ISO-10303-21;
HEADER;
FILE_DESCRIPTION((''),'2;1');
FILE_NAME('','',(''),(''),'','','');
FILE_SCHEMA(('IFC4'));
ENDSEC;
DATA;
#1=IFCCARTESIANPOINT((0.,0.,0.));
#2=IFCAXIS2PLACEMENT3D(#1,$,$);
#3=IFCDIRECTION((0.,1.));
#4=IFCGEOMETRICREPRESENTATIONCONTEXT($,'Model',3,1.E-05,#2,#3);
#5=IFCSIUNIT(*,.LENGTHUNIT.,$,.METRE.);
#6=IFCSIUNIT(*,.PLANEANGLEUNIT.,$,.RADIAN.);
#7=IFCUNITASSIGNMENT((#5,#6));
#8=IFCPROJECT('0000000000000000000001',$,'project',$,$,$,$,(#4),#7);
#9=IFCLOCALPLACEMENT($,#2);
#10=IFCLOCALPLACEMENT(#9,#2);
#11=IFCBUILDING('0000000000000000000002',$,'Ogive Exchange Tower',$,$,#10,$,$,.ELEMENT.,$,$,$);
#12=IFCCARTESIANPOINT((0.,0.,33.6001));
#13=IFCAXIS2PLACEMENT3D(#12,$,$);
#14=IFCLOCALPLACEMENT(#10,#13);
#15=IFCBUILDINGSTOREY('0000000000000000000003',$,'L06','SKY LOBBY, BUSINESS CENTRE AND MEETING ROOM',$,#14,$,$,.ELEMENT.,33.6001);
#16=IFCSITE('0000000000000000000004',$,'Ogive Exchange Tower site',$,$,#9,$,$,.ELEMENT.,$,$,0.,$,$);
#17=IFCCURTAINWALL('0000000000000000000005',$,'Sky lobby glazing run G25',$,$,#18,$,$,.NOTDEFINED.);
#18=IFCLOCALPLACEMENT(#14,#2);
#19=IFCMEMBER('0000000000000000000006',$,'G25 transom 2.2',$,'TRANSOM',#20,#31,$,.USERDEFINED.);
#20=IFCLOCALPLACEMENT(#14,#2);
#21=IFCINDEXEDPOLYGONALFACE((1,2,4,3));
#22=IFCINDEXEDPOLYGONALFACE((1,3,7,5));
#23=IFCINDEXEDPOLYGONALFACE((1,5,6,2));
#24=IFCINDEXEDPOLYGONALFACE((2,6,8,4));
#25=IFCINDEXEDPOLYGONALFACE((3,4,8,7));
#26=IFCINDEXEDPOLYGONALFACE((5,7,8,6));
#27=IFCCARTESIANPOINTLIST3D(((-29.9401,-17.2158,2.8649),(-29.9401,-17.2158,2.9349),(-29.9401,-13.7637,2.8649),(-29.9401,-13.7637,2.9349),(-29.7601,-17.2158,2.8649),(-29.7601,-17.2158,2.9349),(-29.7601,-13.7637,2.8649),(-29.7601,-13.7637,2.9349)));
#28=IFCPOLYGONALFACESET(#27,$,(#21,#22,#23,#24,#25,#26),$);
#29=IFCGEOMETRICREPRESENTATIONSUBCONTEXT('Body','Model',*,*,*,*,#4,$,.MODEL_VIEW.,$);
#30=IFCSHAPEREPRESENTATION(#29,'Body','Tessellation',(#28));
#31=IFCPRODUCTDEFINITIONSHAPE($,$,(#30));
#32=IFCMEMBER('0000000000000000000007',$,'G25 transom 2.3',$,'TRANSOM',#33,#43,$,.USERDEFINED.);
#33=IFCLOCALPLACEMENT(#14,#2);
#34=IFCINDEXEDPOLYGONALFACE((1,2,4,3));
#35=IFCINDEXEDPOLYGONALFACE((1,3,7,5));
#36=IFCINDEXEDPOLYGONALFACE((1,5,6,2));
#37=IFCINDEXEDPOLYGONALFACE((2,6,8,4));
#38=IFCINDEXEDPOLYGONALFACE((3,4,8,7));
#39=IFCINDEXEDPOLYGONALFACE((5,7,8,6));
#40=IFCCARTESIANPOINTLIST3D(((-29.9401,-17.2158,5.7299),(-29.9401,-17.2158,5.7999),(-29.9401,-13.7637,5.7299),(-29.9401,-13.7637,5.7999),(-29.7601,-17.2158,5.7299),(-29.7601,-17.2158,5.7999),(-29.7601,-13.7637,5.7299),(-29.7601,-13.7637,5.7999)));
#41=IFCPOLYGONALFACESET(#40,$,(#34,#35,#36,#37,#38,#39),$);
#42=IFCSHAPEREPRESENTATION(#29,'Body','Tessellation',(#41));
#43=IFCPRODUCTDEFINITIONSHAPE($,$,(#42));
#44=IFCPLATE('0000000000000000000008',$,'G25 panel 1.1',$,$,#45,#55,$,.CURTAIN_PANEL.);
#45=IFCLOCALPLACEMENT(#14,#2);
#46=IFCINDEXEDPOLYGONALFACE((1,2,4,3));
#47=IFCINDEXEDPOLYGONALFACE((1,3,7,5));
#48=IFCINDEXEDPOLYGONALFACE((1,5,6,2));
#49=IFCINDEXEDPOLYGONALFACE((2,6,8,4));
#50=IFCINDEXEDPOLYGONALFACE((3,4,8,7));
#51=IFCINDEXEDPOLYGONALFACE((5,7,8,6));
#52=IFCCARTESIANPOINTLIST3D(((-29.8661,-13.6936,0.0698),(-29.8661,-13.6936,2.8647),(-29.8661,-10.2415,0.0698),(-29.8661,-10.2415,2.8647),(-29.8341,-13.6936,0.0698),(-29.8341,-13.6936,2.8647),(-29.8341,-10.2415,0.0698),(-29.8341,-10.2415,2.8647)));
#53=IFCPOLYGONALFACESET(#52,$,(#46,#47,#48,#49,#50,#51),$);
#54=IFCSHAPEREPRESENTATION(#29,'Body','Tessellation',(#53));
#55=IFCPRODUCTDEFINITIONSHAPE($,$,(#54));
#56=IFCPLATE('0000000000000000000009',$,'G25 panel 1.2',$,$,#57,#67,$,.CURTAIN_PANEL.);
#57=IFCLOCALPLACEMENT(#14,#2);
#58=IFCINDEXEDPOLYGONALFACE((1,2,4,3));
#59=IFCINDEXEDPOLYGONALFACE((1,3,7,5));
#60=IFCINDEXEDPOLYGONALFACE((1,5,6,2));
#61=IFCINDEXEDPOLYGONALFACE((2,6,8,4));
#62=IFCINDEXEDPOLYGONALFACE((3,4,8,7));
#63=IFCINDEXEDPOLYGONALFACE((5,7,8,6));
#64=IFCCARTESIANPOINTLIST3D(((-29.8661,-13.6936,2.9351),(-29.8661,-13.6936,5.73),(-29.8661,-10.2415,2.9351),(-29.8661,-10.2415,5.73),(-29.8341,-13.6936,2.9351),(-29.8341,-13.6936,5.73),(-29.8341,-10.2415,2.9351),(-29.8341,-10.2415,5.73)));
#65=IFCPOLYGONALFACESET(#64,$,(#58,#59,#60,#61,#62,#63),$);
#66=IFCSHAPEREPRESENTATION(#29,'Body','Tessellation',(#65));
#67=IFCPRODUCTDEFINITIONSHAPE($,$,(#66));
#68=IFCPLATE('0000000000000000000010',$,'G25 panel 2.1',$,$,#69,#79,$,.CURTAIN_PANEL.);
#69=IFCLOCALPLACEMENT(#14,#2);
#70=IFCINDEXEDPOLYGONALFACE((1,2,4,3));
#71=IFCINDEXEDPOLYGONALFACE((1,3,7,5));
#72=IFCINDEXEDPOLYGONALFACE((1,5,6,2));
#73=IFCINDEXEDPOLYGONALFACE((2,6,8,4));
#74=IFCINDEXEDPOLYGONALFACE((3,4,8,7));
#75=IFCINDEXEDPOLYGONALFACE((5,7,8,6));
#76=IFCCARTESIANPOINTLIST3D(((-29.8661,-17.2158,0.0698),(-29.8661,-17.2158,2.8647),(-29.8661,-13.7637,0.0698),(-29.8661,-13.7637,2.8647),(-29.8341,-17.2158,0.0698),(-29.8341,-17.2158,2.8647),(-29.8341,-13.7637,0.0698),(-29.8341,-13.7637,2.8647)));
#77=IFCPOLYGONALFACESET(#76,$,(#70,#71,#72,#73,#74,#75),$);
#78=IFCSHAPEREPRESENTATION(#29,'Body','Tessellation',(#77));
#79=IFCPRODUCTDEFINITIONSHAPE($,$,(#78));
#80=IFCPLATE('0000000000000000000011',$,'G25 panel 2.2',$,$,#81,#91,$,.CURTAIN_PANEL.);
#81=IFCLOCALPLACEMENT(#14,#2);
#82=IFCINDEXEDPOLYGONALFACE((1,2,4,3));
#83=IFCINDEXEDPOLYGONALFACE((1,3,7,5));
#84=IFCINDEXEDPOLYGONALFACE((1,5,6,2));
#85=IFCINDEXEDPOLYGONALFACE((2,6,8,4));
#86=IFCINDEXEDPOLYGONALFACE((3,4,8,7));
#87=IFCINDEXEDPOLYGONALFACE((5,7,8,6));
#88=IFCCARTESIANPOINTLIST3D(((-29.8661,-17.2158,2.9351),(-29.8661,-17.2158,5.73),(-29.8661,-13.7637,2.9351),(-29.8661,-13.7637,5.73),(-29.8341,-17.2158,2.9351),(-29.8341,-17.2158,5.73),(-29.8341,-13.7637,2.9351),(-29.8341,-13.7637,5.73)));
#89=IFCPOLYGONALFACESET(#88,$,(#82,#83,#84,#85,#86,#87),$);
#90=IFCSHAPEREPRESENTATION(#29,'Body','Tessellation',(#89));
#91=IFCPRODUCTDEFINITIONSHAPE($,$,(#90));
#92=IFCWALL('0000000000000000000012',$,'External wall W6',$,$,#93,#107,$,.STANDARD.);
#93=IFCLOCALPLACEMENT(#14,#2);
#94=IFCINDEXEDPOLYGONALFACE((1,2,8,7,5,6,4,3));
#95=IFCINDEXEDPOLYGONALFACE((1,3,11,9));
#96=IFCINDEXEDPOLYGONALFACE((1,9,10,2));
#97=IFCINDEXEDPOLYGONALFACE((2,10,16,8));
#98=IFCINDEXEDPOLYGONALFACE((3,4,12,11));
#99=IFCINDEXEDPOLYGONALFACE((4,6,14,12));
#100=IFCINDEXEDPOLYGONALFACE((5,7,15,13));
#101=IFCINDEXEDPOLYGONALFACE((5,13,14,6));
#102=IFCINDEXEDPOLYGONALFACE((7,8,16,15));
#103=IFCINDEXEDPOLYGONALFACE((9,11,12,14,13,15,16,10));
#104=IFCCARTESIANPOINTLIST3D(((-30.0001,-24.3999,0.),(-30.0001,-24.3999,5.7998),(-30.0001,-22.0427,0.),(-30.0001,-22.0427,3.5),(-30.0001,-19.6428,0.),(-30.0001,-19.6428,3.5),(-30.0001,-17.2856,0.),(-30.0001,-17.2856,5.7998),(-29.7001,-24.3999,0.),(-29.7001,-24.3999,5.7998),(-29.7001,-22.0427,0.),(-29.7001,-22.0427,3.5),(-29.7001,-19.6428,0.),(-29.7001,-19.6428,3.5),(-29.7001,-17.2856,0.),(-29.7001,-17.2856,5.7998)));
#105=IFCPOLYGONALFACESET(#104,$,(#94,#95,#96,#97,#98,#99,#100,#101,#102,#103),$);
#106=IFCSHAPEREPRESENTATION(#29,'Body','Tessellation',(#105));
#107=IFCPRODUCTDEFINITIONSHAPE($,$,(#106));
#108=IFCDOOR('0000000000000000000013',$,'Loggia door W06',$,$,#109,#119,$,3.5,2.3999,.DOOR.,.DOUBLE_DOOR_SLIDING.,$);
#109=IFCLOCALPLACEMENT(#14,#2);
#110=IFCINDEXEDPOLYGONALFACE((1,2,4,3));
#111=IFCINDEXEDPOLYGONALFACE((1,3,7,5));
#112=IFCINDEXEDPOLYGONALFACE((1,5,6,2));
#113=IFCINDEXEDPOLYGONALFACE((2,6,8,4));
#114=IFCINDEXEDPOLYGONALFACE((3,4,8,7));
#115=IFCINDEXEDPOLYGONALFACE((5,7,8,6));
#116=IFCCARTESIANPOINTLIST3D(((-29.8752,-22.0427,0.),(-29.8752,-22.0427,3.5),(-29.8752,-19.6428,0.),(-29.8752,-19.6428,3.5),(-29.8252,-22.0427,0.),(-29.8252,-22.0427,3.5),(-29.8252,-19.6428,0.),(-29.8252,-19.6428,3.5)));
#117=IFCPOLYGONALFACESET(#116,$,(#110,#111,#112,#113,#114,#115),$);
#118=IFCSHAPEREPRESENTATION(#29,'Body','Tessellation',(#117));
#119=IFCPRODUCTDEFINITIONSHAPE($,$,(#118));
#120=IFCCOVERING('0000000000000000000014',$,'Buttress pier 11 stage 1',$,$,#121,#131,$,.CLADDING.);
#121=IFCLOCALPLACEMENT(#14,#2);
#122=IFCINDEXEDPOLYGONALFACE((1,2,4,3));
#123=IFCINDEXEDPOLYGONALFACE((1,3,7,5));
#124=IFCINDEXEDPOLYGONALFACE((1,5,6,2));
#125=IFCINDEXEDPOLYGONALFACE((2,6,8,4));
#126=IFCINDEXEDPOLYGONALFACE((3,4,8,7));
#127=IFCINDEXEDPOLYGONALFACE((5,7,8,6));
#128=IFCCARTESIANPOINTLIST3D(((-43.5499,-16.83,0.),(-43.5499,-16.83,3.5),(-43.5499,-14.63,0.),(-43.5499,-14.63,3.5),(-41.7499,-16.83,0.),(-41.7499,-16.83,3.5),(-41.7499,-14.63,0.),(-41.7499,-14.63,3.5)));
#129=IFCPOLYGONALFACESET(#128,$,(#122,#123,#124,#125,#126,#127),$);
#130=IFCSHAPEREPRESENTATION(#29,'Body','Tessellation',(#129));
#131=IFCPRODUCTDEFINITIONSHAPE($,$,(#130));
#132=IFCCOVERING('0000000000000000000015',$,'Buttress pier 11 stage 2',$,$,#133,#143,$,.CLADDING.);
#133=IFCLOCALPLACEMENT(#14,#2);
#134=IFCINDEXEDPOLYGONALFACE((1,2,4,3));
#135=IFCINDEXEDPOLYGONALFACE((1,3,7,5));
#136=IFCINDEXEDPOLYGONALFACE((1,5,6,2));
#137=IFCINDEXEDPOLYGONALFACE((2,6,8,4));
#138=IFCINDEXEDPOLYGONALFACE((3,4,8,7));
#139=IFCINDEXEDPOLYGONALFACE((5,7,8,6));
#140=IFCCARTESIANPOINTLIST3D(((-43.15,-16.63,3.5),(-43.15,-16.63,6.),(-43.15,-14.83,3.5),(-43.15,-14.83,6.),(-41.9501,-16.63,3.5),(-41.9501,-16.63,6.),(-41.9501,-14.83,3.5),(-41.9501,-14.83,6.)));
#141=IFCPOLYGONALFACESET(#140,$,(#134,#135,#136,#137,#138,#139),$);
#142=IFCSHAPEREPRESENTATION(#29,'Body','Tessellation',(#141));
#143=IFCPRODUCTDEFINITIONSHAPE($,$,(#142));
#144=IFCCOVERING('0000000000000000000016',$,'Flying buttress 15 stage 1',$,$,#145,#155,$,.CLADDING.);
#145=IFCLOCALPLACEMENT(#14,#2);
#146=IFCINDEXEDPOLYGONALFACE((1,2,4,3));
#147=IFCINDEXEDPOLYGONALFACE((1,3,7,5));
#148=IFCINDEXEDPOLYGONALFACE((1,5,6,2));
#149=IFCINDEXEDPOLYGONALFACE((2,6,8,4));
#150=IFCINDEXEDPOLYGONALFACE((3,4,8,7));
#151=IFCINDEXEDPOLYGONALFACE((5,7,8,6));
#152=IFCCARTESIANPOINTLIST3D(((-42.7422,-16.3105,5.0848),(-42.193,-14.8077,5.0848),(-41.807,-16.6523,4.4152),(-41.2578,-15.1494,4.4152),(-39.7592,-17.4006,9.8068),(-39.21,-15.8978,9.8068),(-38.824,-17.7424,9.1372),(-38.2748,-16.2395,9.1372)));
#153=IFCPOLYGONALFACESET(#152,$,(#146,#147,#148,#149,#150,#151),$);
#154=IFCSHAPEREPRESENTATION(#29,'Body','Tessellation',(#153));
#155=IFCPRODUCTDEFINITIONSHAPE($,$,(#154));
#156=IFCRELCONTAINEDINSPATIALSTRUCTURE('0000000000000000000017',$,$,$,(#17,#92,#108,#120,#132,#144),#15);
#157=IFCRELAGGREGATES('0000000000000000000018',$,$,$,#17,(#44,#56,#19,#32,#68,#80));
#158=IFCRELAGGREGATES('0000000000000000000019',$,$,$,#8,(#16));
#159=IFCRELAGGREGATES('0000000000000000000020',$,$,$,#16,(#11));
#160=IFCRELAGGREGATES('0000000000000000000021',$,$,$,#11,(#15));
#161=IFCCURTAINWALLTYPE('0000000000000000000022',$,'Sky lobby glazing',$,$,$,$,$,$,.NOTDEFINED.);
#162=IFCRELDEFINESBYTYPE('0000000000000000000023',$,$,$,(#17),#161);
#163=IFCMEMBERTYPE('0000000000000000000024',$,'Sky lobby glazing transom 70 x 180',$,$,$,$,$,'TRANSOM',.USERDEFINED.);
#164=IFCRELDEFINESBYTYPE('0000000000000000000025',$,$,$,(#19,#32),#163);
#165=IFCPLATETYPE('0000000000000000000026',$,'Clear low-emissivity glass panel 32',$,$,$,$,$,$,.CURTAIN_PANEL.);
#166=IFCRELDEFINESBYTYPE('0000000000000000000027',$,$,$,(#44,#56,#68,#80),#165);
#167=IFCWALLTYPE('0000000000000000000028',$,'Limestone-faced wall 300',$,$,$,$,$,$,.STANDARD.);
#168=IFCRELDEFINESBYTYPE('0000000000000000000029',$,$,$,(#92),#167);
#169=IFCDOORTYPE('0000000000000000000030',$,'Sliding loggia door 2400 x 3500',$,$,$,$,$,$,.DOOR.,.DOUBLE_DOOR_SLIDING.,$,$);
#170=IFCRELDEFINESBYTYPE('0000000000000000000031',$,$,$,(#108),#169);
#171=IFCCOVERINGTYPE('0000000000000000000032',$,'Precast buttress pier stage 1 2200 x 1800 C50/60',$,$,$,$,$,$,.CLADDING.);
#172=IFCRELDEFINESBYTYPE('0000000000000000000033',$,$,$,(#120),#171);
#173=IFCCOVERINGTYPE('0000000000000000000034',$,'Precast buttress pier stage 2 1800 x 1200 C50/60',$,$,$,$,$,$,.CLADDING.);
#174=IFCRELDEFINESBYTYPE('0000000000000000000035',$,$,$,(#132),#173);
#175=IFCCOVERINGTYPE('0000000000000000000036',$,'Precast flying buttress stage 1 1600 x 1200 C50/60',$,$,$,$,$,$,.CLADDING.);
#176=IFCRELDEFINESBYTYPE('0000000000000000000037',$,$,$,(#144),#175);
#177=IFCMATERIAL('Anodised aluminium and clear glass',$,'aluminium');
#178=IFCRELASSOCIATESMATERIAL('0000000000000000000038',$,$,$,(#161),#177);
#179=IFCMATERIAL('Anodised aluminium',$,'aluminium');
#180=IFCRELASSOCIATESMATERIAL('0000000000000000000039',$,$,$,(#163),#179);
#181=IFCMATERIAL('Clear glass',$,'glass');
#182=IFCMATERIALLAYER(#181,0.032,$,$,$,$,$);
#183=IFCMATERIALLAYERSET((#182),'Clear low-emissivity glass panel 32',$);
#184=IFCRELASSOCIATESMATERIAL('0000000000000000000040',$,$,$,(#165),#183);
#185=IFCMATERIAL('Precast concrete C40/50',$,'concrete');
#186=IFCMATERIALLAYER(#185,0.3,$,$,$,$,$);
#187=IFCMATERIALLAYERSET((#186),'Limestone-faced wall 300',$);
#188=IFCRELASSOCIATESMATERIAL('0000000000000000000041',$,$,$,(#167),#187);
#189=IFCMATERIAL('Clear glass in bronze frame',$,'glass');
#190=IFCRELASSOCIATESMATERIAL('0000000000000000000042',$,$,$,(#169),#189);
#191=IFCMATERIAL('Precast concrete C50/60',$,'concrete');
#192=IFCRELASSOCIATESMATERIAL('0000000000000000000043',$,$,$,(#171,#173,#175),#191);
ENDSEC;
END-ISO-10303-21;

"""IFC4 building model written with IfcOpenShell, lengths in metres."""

from ifc_helpers import new_model, si_unit, direction, frame, frame_2d, origin, origin_2d, place, context, subcontext, project, spatial, rectangle, extrude, material, layer, layer_set, material_profile, profile_set, type_object, element, fill, aggregate, save


model = new_model("IFC4")

# Units and contexts
model_context = context("Model", 3, precision=1e-05, world=origin(), true_north=direction((0.0, 1.0)))
body_context = subcontext(model_context, "Body", "Model", "MODEL_VIEW")
ifc_project = project(units=[si_unit("LENGTHUNIT", "METRE"), si_unit("PLANEANGLEUNIT", "RADIAN")], contexts=[model_context])

# Site, building, storey
site_placement = place(None, origin())
site = spatial("IfcSite", under=ifc_project, at=site_placement, Name="Ogive Exchange Tower site", CompositionType="ELEMENT", RefElevation=0.0)
building_placement = place(site_placement, origin())
building = spatial("IfcBuilding", under=site, at=building_placement, Name="Ogive Exchange Tower", CompositionType="ELEMENT")
storey_placement = place(building_placement, frame((0.0, 0.0, 33.6001)))
storey = spatial("IfcBuildingStorey", under=building, at=storey_placement, Name="L06", Description="SKY LOBBY, BUSINESS CENTRE AND MEETING ROOM", CompositionType="ELEMENT", Elevation=33.6001)

# Curtain wall, members, plates
ifc_material_1 = material(Name="Anodised aluminium and clear glass", Category="aluminium")
curtain_wall_type = type_object("IfcCurtainWallType", Name="Sky lobby glazing", PredefinedType="NOTDEFINED", material=ifc_material_1)
curtain_wall_placement = place(storey_placement, origin())
curtain_wall = element("IfcCurtainWall", 1, at=curtain_wall_placement, inside=storey, type_object=curtain_wall_type, Name="Sky lobby glazing run G25", PredefinedType="NOTDEFINED")
ifc_material_2 = material(Name="Anodised aluminium", Category="aluminium")
ifc_material_profile_1 = material_profile(ifc_material_2, rectangle(XDim=0.1799, YDim=0.0701, at=origin_2d()), Name="AL 70x180")
ifc_profile_set_1 = profile_set([ifc_material_profile_1], Name="Anodised aluminium")
member_type_1 = type_object("IfcMemberType", Name="Sky lobby glazing transom 70 x 180", ElementType="TRANSOM", PredefinedType="USERDEFINED", material=ifc_profile_set_1)
member_1_placement = place(storey_placement, frame((-29.8501, -13.7637, 2.8999), z_axis=(0.0, -1.0, 0.0), x_axis=(1.0, 0.0, 0.0)))
member_1 = element("IfcMember", 2, at=member_1_placement, type_object=member_type_1, Name="G25 transom 2.2", ObjectType="TRANSOM", PredefinedType="USERDEFINED", context=body_context, shape_type="SweptSolid", body=[
    extrude(rectangle(XDim=0.1799, YDim=0.0701, at=origin_2d()), origin(), (0.0, 0.0, 1.0), 3.4521),
])
member_2_placement = place(storey_placement, frame((-29.8501, -13.7637, 5.7649), z_axis=(0.0, -1.0, 0.0), x_axis=(1.0, 0.0, 0.0)))
member_2 = element("IfcMember", 3, at=member_2_placement, type_object=member_type_1, Name="G25 transom 2.3", ObjectType="TRANSOM", PredefinedType="USERDEFINED", context=body_context, shape_type="SweptSolid", body=[
    extrude(rectangle(XDim=0.1799, YDim=0.0701, at=origin_2d()), origin(), (0.0, 0.0, 1.0), 3.4521),
])
ifc_material_3 = material(Name="Clear glass", Category="glass")
ifc_layer_1 = layer(ifc_material_3, 0.032)
ifc_layer_set_1 = layer_set([ifc_layer_1], Name="Clear low-emissivity glass panel 32")
plate_type = type_object("IfcPlateType", Name="Clear low-emissivity glass panel 32", PredefinedType="CURTAIN_PANEL", material=ifc_layer_set_1)
plate_1_placement = place(storey_placement, frame((-29.8501, -11.9675, 0.0698), z_axis=(0.0, 0.0, 1.0), x_axis=(0.0, -1.0, 0.0)))
plate_1 = element("IfcPlate", 4, at=plate_1_placement, type_object=plate_type, Name="G25 panel 1.1", PredefinedType="CURTAIN_PANEL", context=body_context, shape_type="SweptSolid", body=[
    extrude(rectangle(XDim=3.4521, YDim=0.032, at=origin_2d()), origin(), (0.0, 0.0, 1.0), 2.7949),
])
plate_2_placement = place(storey_placement, frame((-29.8501, -11.9675, 2.9351), z_axis=(0.0, 0.0, 1.0), x_axis=(0.0, -1.0, 0.0)))
plate_2 = element("IfcPlate", 5, at=plate_2_placement, type_object=plate_type, Name="G25 panel 1.2", PredefinedType="CURTAIN_PANEL", context=body_context, shape_type="SweptSolid", body=[
    extrude(rectangle(XDim=3.4521, YDim=0.032, at=origin_2d()), origin(), (0.0, 0.0, 1.0), 2.7949),
])
plate_3_placement = place(storey_placement, frame((-29.8501, -15.4897, 0.0698), z_axis=(0.0, 0.0, 1.0), x_axis=(0.0, -1.0, 0.0)))
plate_3 = element("IfcPlate", 6, at=plate_3_placement, type_object=plate_type, Name="G25 panel 2.1", PredefinedType="CURTAIN_PANEL", context=body_context, shape_type="SweptSolid", body=[
    extrude(rectangle(XDim=3.4521, YDim=0.032, at=origin_2d()), origin(), (0.0, 0.0, 1.0), 2.7949),
])
plate_4_placement = place(storey_placement, frame((-29.8501, -15.4897, 2.9351), z_axis=(0.0, 0.0, 1.0), x_axis=(0.0, -1.0, 0.0)))
plate_4 = element("IfcPlate", 7, at=plate_4_placement, type_object=plate_type, Name="G25 panel 2.2", PredefinedType="CURTAIN_PANEL", context=body_context, shape_type="SweptSolid", body=[
    extrude(rectangle(XDim=3.4521, YDim=0.032, at=origin_2d()), origin(), (0.0, 0.0, 1.0), 2.7949),
])
aggregate(curtain_wall, [plate_1, plate_2, member_1, member_2, plate_3, plate_4])

# Wall, opening, door
ifc_material_4 = material(Name="Precast concrete C40/50", Category="concrete")
ifc_layer_2 = layer(ifc_material_4, 0.3)
ifc_layer_set_2 = layer_set([ifc_layer_2], Name="Limestone-faced wall 300")
wall_type = type_object("IfcWallType", Name="Limestone-faced wall 300", PredefinedType="STANDARD", material=ifc_layer_set_2)
wall_placement = place(storey_placement, frame((-29.8501, -17.2856, 0.0), z_axis=(0.0, 0.0, 1.0), x_axis=(0.0, -1.0, 0.0)))
wall = element("IfcWall", 8, at=wall_placement, inside=storey, type_object=wall_type, Name="External wall W6", PredefinedType="STANDARD", context=body_context, shape_type="SweptSolid", body=[
    extrude(rectangle(XDim=7.1143, YDim=0.3, at=frame_2d((3.5571, 0.0))), origin(), (0.0, 0.0, 1.0), 5.7998),
])
opening_placement = place(wall_placement, frame((2.3572, 0.0, 0.0)))
opening = element("IfcOpeningElement", 9, at=opening_placement, cuts=wall, PredefinedType="OPENING", context=body_context, shape_type="SweptSolid", body=[
    extrude(rectangle(XDim=2.3999, YDim=3.5, at=frame_2d((1.2, 1.75))), frame((0.0, 0.1599, 0.0), z_axis=(0.0, -1.0, 0.0), x_axis=(1.0, 0.0, 0.0)), (0.0, 0.0, 1.0), 0.3201),
])
ifc_material_5 = material(Name="Clear glass in bronze frame", Category="glass")
door_type = type_object("IfcDoorType", Name="Sliding loggia door 2400 x 3500", OperationType="DOUBLE_DOOR_SLIDING", PredefinedType="DOOR", material=ifc_material_5)
door_placement = place(opening_placement, origin())
door = element("IfcDoor", 10, at=door_placement, inside=storey, type_object=door_type, Name="Loggia door W06", OperationType="DOUBLE_DOOR_SLIDING", OverallHeight=3.5, OverallWidth=2.3999, PredefinedType="DOOR", context=body_context, shape_type="SweptSolid", body=[
    extrude(rectangle(XDim=2.3999, YDim=3.5, at=frame_2d((1.2, 1.75))), frame((0.0, 0.0249, 0.0), z_axis=(0.0, -1.0, 0.0), x_axis=(1.0, 0.0, 0.0)), (0.0, 0.0, 1.0), 0.05),
])
fill(opening, door)

# Coverings
ifc_material_6 = material(Name="Precast concrete C50/60", Category="concrete")
ifc_material_profile_2 = material_profile(ifc_material_6, rectangle(XDim=2.2, YDim=1.8, at=origin_2d()), Name="BUTTRESS PIER 1 2200 x 1800")
ifc_profile_set_2 = profile_set([ifc_material_profile_2], Name="Precast concrete C50/60")
covering_type_1 = type_object("IfcCoveringType", Name="Precast buttress pier stage 1 2200 x 1800 C50/60", PredefinedType="CLADDING", material=ifc_profile_set_2)
covering_1_placement = place(storey_placement, frame((-42.6499, -15.73, 0.0), z_axis=(0.0, 0.0, 1.0), x_axis=(0.0, 1.0, 0.0)))
element("IfcCovering", 11, at=covering_1_placement, inside=storey, type_object=covering_type_1, Name="Buttress pier 11 stage 1", PredefinedType="CLADDING", context=body_context, shape_type="SweptSolid", body=[
    extrude(rectangle(XDim=2.2, YDim=1.8, at=origin_2d()), origin(), (0.0, 0.0, 1.0), 3.5),
])
ifc_material_profile_3 = material_profile(ifc_material_6, rectangle(XDim=1.8, YDim=1.2, at=origin_2d()), Name="BUTTRESS PIER 2 1800 x 1200")
ifc_profile_set_3 = profile_set([ifc_material_profile_3], Name="Precast concrete C50/60")
covering_type_2 = type_object("IfcCoveringType", Name="Precast buttress pier stage 2 1800 x 1200 C50/60", PredefinedType="CLADDING", material=ifc_profile_set_3)
covering_2_placement = place(storey_placement, frame((-42.55, -15.73, 3.5), z_axis=(0.0, 0.0, 1.0), x_axis=(0.0, 1.0, 0.0)))
element("IfcCovering", 12, at=covering_2_placement, inside=storey, type_object=covering_type_2, Name="Buttress pier 11 stage 2", PredefinedType="CLADDING", context=body_context, shape_type="SweptSolid", body=[
    extrude(rectangle(XDim=1.8, YDim=1.2, at=origin_2d()), origin(), (0.0, 0.0, 1.0), 2.5),
])
ifc_material_profile_4 = material_profile(ifc_material_6, rectangle(XDim=1.6001, YDim=1.2, at=origin_2d()), Name="FLYING BUTTRESS 1 1600 x 1200")
ifc_profile_set_4 = profile_set([ifc_material_profile_4], Name="Precast concrete C50/60")
covering_type_3 = type_object("IfcCoveringType", Name="Precast flying buttress stage 1 1600 x 1200 C50/60", PredefinedType="CLADDING", material=ifc_profile_set_4)
covering_3_placement = place(storey_placement, frame((-42.0, -15.73, 4.75), z_axis=(0.524185, -0.19156, 0.82978), x_axis=(0.343243, 0.939247, 0.0)))
element("IfcCovering", 13, at=covering_3_placement, inside=storey, type_object=covering_type_3, Name="Flying buttress 15 stage 1", PredefinedType="CLADDING", context=body_context, shape_type="SweptSolid", body=[
    extrude(rectangle(XDim=1.6001, YDim=1.2, at=origin_2d()), origin(), (0.0, 0.0, 1.0), 5.6907),
])

save(model, "model.ifc")
